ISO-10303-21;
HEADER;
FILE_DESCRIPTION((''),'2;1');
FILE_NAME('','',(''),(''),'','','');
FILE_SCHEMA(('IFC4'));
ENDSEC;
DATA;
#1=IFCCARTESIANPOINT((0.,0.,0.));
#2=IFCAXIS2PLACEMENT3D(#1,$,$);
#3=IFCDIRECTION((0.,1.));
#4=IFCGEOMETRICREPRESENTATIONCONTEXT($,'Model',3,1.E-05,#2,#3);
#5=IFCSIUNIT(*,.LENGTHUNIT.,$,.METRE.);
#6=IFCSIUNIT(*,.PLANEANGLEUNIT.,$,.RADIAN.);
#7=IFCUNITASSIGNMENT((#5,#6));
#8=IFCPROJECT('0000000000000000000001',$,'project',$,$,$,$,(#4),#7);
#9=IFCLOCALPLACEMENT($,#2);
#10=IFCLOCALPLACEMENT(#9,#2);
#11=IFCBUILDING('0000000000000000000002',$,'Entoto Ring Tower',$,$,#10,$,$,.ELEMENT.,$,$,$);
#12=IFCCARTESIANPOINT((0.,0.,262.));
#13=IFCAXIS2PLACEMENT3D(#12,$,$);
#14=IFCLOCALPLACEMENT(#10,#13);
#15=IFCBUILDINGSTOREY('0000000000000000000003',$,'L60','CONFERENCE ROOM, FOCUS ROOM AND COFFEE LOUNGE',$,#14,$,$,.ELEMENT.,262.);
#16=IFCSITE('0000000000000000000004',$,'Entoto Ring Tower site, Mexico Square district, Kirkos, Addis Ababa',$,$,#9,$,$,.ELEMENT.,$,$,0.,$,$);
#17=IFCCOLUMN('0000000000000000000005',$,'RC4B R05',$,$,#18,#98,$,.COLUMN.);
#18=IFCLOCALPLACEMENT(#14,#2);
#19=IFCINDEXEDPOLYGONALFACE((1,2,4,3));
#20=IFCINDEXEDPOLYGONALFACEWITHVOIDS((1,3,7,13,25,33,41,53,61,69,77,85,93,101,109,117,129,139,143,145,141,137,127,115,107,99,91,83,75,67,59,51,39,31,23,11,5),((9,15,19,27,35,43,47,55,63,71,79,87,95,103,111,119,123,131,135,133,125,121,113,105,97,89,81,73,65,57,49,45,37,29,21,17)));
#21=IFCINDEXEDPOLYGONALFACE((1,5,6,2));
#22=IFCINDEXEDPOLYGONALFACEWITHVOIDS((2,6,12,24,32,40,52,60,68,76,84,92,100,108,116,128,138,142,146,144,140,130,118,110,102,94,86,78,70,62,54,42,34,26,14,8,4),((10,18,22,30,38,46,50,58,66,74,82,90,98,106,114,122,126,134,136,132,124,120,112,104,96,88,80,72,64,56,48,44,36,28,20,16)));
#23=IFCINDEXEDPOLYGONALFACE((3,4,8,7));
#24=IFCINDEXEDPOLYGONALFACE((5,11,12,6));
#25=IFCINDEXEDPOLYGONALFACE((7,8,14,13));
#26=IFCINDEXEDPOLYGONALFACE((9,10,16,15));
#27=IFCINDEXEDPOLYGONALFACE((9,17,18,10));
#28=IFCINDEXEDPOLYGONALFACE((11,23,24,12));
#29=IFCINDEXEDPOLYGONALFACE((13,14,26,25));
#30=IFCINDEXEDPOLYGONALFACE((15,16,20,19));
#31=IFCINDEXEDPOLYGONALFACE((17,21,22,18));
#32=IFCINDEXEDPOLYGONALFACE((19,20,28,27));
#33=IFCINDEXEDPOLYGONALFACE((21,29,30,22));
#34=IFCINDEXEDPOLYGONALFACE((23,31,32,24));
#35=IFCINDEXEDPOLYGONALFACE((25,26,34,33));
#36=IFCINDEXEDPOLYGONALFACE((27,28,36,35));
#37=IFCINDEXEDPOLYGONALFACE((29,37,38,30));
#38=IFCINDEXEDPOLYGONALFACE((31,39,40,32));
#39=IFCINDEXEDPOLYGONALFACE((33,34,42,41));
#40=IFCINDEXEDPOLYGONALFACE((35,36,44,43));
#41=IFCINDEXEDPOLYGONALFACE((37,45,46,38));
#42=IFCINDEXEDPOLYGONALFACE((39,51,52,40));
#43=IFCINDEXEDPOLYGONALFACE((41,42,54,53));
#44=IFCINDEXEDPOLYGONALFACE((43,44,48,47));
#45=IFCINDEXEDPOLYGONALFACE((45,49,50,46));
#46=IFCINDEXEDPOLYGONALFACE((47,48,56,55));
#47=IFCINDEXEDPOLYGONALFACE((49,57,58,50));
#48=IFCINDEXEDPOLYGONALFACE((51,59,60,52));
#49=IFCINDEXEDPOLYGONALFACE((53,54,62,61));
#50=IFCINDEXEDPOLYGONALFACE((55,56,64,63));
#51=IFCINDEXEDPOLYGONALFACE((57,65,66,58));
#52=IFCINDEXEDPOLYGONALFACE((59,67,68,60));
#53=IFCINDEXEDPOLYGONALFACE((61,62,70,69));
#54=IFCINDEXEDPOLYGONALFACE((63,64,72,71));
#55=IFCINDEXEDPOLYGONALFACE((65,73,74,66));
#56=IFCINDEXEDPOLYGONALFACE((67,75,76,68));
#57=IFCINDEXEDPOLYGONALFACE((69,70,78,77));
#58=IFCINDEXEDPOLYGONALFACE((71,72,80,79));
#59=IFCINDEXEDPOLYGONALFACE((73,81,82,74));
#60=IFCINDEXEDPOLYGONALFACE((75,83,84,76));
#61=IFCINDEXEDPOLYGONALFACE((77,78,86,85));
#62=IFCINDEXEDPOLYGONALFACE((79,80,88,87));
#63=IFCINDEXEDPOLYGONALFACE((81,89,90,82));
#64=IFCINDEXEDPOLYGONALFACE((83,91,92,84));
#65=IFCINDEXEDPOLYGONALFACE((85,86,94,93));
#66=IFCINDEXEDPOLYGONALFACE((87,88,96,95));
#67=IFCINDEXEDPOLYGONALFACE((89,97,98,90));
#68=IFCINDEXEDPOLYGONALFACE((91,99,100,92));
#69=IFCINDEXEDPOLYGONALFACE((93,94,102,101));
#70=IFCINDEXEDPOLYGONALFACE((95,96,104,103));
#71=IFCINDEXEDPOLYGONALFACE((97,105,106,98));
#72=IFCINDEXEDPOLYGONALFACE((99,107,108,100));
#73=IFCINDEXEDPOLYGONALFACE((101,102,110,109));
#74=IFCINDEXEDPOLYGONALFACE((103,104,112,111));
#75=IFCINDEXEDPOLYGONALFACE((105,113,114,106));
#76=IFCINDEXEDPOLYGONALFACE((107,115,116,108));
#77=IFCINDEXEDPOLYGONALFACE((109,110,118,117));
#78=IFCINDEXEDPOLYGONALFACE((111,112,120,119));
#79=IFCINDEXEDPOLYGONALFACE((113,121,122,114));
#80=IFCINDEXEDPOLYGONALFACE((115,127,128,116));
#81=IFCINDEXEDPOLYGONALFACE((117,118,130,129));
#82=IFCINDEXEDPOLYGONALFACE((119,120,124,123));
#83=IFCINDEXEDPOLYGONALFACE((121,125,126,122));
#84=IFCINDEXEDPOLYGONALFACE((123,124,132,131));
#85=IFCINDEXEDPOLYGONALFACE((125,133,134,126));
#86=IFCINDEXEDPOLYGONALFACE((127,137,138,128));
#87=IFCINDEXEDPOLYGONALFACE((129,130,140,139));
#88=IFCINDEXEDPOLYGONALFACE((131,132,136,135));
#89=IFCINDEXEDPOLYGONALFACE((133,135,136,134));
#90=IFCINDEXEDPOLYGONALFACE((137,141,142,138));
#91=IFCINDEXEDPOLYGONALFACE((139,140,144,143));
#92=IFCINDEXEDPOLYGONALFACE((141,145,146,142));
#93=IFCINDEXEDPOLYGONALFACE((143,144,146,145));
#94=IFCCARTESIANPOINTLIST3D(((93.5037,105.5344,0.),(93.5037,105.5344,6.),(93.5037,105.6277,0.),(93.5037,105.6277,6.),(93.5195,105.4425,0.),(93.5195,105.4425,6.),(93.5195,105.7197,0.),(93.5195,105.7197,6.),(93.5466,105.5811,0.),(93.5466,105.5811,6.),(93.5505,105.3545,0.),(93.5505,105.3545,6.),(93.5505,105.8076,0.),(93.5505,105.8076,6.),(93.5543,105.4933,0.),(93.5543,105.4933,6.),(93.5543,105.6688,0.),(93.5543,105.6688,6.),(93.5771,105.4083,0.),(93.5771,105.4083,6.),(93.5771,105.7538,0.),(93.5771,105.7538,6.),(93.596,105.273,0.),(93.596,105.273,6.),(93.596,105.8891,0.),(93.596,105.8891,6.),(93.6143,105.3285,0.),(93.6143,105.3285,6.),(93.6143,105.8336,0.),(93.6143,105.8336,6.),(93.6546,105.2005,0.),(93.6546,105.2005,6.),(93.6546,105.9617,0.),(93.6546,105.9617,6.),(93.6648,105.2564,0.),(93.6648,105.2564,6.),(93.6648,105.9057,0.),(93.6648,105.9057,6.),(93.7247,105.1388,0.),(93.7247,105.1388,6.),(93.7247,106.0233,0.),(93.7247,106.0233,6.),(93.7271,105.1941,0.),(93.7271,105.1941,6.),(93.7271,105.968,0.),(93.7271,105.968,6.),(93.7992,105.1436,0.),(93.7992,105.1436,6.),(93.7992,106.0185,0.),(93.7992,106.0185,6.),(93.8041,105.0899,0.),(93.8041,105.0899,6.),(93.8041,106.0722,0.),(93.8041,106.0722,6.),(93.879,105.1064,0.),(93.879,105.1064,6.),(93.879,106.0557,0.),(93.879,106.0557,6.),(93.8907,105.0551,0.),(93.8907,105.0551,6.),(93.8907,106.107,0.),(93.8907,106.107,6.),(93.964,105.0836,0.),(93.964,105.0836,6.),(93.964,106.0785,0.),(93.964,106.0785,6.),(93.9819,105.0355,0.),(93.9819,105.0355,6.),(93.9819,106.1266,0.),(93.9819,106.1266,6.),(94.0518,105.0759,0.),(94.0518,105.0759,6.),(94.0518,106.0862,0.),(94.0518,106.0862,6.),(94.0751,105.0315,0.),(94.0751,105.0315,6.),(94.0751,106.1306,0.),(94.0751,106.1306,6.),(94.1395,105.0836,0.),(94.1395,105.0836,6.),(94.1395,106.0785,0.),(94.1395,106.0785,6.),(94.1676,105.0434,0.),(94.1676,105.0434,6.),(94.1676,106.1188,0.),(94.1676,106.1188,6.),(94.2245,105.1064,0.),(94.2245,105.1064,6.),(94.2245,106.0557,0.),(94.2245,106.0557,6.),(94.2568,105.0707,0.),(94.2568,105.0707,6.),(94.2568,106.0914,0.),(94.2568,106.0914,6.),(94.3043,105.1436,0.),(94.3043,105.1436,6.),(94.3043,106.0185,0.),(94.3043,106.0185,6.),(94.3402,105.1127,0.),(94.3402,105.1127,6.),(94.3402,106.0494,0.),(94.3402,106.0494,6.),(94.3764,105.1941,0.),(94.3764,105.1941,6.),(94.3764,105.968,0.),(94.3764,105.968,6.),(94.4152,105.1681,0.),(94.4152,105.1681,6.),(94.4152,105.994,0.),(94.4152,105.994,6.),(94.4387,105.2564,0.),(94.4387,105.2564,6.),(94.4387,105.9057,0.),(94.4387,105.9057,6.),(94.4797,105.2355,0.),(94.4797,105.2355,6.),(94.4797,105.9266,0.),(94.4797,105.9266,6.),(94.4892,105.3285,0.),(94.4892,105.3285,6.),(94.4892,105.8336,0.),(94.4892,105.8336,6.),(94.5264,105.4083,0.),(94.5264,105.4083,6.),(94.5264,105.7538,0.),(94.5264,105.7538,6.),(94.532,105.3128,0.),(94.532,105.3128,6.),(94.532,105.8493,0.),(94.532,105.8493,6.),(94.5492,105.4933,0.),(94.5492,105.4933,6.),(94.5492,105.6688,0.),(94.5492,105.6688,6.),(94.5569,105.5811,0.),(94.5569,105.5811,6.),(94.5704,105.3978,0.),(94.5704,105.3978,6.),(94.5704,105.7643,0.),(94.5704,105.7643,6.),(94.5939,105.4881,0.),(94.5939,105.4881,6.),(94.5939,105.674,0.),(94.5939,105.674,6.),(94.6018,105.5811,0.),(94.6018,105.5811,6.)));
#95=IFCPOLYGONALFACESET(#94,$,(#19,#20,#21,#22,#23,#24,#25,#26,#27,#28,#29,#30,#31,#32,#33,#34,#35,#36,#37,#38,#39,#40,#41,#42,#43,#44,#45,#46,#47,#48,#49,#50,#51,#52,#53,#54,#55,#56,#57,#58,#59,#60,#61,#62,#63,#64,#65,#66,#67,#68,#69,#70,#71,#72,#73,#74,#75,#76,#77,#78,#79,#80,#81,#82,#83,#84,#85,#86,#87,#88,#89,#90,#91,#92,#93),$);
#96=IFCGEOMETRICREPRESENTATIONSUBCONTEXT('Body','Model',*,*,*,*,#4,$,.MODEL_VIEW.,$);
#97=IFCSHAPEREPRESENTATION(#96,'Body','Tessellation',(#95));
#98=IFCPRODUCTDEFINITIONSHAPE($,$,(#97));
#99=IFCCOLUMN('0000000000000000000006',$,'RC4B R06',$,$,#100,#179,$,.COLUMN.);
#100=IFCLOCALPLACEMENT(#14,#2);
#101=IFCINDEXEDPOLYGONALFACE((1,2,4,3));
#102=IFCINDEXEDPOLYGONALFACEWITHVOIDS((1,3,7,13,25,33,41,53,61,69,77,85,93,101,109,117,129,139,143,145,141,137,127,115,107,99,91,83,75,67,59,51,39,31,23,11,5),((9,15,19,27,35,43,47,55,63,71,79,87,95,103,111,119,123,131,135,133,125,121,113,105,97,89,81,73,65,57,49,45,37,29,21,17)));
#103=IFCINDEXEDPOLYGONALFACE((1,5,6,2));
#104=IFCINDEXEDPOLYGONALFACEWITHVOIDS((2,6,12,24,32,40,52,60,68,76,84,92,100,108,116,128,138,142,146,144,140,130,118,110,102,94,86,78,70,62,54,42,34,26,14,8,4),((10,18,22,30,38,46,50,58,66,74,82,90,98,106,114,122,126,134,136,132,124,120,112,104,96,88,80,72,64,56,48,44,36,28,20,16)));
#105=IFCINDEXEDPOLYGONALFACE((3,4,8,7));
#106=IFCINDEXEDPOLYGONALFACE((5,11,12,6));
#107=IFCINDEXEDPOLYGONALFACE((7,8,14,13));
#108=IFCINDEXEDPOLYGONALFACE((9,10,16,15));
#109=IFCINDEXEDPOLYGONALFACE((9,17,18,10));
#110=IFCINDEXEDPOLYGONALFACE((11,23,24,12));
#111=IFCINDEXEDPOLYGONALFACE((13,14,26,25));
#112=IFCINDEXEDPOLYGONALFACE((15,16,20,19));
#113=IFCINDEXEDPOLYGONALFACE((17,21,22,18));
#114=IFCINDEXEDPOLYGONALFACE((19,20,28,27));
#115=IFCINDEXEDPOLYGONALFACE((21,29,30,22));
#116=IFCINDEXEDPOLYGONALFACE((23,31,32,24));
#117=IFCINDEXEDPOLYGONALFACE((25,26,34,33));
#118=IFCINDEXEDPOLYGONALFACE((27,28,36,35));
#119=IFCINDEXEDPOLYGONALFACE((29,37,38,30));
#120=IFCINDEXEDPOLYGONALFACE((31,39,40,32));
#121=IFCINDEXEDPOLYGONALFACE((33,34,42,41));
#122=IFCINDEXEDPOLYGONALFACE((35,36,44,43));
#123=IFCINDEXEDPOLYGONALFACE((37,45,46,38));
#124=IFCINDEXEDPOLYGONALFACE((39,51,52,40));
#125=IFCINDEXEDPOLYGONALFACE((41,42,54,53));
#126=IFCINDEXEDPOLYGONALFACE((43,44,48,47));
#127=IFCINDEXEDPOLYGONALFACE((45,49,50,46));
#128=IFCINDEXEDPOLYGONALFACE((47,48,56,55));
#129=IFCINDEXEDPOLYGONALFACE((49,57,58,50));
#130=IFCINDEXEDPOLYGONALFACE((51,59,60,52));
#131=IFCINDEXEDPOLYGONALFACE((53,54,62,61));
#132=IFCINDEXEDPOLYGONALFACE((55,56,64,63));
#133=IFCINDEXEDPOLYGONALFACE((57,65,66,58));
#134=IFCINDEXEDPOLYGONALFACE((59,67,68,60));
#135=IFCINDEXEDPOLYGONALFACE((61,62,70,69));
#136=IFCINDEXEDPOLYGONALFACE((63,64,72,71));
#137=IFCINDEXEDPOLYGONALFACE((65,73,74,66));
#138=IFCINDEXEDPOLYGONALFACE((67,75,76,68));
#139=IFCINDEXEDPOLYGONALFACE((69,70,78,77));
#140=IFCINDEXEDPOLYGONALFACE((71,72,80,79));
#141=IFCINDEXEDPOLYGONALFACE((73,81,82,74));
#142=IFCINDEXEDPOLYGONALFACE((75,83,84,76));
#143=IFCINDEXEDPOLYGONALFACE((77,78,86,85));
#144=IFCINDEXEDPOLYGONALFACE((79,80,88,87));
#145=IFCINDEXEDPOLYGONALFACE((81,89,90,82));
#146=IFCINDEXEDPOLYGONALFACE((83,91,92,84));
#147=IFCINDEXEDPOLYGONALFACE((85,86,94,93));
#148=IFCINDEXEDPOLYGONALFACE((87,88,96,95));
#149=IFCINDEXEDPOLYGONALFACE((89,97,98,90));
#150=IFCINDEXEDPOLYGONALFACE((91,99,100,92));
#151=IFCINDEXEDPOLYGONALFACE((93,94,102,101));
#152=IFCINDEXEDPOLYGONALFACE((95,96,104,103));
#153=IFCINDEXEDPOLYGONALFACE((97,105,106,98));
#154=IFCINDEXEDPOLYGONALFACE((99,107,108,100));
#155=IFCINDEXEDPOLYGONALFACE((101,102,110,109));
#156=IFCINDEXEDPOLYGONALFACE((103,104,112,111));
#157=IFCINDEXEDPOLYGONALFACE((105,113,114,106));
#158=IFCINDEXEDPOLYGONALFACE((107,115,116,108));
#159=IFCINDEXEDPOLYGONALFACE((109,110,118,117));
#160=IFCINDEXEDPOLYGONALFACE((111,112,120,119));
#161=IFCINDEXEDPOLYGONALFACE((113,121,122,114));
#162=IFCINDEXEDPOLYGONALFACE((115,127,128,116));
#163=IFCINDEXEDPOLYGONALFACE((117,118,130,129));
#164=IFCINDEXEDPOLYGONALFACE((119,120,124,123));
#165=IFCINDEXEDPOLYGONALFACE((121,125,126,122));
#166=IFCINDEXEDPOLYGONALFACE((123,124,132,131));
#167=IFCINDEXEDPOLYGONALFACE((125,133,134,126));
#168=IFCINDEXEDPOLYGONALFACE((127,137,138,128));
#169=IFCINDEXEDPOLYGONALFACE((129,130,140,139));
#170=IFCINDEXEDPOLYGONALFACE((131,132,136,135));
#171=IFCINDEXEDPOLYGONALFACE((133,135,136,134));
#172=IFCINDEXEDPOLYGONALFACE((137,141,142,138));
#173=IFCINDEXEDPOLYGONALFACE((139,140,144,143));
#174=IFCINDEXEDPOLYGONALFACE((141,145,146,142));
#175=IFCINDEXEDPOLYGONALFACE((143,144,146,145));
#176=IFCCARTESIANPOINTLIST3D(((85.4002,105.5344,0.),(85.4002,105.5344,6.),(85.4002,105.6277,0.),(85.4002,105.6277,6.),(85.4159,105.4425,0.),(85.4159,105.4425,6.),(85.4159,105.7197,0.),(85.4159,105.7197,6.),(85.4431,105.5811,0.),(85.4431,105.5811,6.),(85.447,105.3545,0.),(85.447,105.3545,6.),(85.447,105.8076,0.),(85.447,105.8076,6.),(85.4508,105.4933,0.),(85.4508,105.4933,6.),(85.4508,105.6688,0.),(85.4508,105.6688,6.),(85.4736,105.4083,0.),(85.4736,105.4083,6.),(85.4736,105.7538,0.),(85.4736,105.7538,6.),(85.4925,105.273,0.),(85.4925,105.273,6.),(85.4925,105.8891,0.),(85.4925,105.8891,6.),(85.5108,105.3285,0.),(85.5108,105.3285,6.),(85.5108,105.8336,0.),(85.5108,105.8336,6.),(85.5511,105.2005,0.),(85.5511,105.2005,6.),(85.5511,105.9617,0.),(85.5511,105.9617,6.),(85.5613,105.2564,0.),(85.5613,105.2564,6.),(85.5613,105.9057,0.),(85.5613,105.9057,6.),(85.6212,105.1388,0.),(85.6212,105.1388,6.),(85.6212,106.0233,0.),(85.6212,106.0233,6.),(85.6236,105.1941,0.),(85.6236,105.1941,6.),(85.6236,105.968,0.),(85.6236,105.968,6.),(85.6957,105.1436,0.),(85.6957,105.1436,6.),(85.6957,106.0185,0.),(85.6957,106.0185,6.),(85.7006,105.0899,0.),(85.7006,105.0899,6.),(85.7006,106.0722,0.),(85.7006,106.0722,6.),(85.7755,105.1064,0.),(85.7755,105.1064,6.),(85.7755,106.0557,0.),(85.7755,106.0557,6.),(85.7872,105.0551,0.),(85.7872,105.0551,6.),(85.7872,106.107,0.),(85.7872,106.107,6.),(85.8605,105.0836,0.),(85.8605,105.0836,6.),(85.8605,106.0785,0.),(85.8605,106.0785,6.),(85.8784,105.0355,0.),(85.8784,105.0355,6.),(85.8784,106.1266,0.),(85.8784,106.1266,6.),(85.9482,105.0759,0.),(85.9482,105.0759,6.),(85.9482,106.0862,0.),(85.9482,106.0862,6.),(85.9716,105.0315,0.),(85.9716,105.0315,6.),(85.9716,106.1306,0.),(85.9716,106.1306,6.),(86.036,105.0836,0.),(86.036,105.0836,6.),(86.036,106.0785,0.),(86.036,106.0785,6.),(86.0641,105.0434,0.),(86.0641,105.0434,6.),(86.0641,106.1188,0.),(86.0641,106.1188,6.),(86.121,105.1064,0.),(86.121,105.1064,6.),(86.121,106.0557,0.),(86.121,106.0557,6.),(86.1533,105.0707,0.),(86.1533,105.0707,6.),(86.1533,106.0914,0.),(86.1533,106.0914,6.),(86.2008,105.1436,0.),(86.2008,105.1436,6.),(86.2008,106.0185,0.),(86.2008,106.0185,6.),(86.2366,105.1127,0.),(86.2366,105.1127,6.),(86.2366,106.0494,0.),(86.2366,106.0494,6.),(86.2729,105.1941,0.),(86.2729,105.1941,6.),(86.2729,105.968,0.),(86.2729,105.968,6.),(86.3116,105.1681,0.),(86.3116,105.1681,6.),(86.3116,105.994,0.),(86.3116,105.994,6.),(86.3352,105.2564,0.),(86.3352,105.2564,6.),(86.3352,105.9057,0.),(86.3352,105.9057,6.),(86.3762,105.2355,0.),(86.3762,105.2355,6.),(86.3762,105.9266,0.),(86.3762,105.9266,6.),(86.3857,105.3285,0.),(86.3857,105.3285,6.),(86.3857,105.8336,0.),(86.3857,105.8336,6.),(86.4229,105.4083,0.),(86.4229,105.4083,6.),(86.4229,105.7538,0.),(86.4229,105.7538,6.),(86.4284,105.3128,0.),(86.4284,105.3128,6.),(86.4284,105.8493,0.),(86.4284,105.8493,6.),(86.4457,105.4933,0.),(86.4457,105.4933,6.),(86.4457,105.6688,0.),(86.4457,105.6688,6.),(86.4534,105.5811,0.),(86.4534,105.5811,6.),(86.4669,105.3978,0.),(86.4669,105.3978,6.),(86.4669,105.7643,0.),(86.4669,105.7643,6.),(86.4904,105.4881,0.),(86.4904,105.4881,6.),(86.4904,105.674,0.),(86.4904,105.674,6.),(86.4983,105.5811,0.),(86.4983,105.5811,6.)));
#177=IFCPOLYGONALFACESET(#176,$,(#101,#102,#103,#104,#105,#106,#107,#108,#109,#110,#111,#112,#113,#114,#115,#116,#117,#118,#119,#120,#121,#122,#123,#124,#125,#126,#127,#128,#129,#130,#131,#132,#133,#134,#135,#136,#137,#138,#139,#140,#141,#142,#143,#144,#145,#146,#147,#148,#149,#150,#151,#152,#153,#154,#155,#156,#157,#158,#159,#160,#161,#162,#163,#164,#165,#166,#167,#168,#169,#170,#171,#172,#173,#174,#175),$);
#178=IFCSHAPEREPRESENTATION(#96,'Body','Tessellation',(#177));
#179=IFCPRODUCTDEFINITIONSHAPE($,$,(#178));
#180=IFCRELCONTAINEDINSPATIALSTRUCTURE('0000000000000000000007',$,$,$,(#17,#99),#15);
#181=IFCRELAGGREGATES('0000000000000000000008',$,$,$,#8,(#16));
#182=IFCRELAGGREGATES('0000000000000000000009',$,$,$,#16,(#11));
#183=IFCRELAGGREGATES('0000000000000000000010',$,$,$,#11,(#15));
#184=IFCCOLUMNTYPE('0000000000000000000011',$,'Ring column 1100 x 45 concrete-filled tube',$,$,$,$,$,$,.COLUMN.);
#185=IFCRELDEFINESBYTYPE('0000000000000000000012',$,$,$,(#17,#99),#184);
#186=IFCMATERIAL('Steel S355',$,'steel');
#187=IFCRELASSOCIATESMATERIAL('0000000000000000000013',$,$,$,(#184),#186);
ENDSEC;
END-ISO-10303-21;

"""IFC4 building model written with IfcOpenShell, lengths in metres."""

from ifc_helpers import new_model, si_unit, direction, frame, origin, origin_2d, place, context, subcontext, project, spatial, circle, hollow_circle, extrude, material, material_profile, profile_set, type_object, element, save


model = new_model("IFC4")

# Units and contexts
model_context = context("Model", 3, precision=1e-05, world=origin(), true_north=direction((0.0, 1.0)))
body_context = subcontext(model_context, "Body", "Model", "MODEL_VIEW")
ifc_project = project(units=[si_unit("LENGTHUNIT", "METRE"), si_unit("PLANEANGLEUNIT", "RADIAN")], contexts=[model_context])

# Site, building, storey
site_placement = place(None, origin())
site = spatial("IfcSite", under=ifc_project, at=site_placement, Name="Entoto Ring Tower site, Mexico Square district, Kirkos, Addis Ababa", CompositionType="ELEMENT", RefElevation=0.0)
building_placement = place(site_placement, origin())
building = spatial("IfcBuilding", under=site, at=building_placement, Name="Entoto Ring Tower", CompositionType="ELEMENT")
storey_placement = place(building_placement, frame((0.0, 0.0, 262.0)))
storey = spatial("IfcBuildingStorey", under=building, at=storey_placement, Name="L60", Description="CONFERENCE ROOM, FOCUS ROOM AND COFFEE LOUNGE", CompositionType="ELEMENT", Elevation=262.0)

# Columns
ifc_material_1 = material(Name="Steel S355", Category="steel")
ifc_material_profile_1 = material_profile(ifc_material_1, hollow_circle(Radius=0.55, WallThickness=0.0449, at=origin_2d()), Name="CHS 1100 x 45")
ifc_material_2 = material(Name="Concrete C60/75", Category="concrete")
ifc_material_profile_2 = material_profile(ifc_material_2, circle(Radius=0.5049, at=origin_2d()), Name="Concrete C60/75 infill")
ifc_profile_set_1 = profile_set([ifc_material_profile_1, ifc_material_profile_2], Name="Steel S355")
column_type = type_object("IfcColumnType", Name="Ring column 1100 x 45 concrete-filled tube", PredefinedType="COLUMN", material=ifc_profile_set_1)
for number, where, z_axis, x_axis, name in (
    (1, (94.0518, 105.5811, 0.0), (0.0, 0.0, 1.0), (1.0, 0.0, 0.0), "RC4B R05"),
    (2, (85.9482, 105.5811, 0.0), (0.0, 0.0, 1.0), (1.0, 0.0, 0.0), "RC4B R06"),
):
    element("IfcColumn", number, at=place(storey_placement, frame(where, z_axis=z_axis, x_axis=x_axis)), inside=storey, type_object=column_type, Name=name, PredefinedType="COLUMN", context=body_context, shape_type="SweptSolid", body=[
        extrude(hollow_circle(Radius=0.55, WallThickness=0.0449, at=origin_2d()), origin(), (0.0, 0.0, 1.0), 6.0),
    ])

save(model, "model.ifc")
